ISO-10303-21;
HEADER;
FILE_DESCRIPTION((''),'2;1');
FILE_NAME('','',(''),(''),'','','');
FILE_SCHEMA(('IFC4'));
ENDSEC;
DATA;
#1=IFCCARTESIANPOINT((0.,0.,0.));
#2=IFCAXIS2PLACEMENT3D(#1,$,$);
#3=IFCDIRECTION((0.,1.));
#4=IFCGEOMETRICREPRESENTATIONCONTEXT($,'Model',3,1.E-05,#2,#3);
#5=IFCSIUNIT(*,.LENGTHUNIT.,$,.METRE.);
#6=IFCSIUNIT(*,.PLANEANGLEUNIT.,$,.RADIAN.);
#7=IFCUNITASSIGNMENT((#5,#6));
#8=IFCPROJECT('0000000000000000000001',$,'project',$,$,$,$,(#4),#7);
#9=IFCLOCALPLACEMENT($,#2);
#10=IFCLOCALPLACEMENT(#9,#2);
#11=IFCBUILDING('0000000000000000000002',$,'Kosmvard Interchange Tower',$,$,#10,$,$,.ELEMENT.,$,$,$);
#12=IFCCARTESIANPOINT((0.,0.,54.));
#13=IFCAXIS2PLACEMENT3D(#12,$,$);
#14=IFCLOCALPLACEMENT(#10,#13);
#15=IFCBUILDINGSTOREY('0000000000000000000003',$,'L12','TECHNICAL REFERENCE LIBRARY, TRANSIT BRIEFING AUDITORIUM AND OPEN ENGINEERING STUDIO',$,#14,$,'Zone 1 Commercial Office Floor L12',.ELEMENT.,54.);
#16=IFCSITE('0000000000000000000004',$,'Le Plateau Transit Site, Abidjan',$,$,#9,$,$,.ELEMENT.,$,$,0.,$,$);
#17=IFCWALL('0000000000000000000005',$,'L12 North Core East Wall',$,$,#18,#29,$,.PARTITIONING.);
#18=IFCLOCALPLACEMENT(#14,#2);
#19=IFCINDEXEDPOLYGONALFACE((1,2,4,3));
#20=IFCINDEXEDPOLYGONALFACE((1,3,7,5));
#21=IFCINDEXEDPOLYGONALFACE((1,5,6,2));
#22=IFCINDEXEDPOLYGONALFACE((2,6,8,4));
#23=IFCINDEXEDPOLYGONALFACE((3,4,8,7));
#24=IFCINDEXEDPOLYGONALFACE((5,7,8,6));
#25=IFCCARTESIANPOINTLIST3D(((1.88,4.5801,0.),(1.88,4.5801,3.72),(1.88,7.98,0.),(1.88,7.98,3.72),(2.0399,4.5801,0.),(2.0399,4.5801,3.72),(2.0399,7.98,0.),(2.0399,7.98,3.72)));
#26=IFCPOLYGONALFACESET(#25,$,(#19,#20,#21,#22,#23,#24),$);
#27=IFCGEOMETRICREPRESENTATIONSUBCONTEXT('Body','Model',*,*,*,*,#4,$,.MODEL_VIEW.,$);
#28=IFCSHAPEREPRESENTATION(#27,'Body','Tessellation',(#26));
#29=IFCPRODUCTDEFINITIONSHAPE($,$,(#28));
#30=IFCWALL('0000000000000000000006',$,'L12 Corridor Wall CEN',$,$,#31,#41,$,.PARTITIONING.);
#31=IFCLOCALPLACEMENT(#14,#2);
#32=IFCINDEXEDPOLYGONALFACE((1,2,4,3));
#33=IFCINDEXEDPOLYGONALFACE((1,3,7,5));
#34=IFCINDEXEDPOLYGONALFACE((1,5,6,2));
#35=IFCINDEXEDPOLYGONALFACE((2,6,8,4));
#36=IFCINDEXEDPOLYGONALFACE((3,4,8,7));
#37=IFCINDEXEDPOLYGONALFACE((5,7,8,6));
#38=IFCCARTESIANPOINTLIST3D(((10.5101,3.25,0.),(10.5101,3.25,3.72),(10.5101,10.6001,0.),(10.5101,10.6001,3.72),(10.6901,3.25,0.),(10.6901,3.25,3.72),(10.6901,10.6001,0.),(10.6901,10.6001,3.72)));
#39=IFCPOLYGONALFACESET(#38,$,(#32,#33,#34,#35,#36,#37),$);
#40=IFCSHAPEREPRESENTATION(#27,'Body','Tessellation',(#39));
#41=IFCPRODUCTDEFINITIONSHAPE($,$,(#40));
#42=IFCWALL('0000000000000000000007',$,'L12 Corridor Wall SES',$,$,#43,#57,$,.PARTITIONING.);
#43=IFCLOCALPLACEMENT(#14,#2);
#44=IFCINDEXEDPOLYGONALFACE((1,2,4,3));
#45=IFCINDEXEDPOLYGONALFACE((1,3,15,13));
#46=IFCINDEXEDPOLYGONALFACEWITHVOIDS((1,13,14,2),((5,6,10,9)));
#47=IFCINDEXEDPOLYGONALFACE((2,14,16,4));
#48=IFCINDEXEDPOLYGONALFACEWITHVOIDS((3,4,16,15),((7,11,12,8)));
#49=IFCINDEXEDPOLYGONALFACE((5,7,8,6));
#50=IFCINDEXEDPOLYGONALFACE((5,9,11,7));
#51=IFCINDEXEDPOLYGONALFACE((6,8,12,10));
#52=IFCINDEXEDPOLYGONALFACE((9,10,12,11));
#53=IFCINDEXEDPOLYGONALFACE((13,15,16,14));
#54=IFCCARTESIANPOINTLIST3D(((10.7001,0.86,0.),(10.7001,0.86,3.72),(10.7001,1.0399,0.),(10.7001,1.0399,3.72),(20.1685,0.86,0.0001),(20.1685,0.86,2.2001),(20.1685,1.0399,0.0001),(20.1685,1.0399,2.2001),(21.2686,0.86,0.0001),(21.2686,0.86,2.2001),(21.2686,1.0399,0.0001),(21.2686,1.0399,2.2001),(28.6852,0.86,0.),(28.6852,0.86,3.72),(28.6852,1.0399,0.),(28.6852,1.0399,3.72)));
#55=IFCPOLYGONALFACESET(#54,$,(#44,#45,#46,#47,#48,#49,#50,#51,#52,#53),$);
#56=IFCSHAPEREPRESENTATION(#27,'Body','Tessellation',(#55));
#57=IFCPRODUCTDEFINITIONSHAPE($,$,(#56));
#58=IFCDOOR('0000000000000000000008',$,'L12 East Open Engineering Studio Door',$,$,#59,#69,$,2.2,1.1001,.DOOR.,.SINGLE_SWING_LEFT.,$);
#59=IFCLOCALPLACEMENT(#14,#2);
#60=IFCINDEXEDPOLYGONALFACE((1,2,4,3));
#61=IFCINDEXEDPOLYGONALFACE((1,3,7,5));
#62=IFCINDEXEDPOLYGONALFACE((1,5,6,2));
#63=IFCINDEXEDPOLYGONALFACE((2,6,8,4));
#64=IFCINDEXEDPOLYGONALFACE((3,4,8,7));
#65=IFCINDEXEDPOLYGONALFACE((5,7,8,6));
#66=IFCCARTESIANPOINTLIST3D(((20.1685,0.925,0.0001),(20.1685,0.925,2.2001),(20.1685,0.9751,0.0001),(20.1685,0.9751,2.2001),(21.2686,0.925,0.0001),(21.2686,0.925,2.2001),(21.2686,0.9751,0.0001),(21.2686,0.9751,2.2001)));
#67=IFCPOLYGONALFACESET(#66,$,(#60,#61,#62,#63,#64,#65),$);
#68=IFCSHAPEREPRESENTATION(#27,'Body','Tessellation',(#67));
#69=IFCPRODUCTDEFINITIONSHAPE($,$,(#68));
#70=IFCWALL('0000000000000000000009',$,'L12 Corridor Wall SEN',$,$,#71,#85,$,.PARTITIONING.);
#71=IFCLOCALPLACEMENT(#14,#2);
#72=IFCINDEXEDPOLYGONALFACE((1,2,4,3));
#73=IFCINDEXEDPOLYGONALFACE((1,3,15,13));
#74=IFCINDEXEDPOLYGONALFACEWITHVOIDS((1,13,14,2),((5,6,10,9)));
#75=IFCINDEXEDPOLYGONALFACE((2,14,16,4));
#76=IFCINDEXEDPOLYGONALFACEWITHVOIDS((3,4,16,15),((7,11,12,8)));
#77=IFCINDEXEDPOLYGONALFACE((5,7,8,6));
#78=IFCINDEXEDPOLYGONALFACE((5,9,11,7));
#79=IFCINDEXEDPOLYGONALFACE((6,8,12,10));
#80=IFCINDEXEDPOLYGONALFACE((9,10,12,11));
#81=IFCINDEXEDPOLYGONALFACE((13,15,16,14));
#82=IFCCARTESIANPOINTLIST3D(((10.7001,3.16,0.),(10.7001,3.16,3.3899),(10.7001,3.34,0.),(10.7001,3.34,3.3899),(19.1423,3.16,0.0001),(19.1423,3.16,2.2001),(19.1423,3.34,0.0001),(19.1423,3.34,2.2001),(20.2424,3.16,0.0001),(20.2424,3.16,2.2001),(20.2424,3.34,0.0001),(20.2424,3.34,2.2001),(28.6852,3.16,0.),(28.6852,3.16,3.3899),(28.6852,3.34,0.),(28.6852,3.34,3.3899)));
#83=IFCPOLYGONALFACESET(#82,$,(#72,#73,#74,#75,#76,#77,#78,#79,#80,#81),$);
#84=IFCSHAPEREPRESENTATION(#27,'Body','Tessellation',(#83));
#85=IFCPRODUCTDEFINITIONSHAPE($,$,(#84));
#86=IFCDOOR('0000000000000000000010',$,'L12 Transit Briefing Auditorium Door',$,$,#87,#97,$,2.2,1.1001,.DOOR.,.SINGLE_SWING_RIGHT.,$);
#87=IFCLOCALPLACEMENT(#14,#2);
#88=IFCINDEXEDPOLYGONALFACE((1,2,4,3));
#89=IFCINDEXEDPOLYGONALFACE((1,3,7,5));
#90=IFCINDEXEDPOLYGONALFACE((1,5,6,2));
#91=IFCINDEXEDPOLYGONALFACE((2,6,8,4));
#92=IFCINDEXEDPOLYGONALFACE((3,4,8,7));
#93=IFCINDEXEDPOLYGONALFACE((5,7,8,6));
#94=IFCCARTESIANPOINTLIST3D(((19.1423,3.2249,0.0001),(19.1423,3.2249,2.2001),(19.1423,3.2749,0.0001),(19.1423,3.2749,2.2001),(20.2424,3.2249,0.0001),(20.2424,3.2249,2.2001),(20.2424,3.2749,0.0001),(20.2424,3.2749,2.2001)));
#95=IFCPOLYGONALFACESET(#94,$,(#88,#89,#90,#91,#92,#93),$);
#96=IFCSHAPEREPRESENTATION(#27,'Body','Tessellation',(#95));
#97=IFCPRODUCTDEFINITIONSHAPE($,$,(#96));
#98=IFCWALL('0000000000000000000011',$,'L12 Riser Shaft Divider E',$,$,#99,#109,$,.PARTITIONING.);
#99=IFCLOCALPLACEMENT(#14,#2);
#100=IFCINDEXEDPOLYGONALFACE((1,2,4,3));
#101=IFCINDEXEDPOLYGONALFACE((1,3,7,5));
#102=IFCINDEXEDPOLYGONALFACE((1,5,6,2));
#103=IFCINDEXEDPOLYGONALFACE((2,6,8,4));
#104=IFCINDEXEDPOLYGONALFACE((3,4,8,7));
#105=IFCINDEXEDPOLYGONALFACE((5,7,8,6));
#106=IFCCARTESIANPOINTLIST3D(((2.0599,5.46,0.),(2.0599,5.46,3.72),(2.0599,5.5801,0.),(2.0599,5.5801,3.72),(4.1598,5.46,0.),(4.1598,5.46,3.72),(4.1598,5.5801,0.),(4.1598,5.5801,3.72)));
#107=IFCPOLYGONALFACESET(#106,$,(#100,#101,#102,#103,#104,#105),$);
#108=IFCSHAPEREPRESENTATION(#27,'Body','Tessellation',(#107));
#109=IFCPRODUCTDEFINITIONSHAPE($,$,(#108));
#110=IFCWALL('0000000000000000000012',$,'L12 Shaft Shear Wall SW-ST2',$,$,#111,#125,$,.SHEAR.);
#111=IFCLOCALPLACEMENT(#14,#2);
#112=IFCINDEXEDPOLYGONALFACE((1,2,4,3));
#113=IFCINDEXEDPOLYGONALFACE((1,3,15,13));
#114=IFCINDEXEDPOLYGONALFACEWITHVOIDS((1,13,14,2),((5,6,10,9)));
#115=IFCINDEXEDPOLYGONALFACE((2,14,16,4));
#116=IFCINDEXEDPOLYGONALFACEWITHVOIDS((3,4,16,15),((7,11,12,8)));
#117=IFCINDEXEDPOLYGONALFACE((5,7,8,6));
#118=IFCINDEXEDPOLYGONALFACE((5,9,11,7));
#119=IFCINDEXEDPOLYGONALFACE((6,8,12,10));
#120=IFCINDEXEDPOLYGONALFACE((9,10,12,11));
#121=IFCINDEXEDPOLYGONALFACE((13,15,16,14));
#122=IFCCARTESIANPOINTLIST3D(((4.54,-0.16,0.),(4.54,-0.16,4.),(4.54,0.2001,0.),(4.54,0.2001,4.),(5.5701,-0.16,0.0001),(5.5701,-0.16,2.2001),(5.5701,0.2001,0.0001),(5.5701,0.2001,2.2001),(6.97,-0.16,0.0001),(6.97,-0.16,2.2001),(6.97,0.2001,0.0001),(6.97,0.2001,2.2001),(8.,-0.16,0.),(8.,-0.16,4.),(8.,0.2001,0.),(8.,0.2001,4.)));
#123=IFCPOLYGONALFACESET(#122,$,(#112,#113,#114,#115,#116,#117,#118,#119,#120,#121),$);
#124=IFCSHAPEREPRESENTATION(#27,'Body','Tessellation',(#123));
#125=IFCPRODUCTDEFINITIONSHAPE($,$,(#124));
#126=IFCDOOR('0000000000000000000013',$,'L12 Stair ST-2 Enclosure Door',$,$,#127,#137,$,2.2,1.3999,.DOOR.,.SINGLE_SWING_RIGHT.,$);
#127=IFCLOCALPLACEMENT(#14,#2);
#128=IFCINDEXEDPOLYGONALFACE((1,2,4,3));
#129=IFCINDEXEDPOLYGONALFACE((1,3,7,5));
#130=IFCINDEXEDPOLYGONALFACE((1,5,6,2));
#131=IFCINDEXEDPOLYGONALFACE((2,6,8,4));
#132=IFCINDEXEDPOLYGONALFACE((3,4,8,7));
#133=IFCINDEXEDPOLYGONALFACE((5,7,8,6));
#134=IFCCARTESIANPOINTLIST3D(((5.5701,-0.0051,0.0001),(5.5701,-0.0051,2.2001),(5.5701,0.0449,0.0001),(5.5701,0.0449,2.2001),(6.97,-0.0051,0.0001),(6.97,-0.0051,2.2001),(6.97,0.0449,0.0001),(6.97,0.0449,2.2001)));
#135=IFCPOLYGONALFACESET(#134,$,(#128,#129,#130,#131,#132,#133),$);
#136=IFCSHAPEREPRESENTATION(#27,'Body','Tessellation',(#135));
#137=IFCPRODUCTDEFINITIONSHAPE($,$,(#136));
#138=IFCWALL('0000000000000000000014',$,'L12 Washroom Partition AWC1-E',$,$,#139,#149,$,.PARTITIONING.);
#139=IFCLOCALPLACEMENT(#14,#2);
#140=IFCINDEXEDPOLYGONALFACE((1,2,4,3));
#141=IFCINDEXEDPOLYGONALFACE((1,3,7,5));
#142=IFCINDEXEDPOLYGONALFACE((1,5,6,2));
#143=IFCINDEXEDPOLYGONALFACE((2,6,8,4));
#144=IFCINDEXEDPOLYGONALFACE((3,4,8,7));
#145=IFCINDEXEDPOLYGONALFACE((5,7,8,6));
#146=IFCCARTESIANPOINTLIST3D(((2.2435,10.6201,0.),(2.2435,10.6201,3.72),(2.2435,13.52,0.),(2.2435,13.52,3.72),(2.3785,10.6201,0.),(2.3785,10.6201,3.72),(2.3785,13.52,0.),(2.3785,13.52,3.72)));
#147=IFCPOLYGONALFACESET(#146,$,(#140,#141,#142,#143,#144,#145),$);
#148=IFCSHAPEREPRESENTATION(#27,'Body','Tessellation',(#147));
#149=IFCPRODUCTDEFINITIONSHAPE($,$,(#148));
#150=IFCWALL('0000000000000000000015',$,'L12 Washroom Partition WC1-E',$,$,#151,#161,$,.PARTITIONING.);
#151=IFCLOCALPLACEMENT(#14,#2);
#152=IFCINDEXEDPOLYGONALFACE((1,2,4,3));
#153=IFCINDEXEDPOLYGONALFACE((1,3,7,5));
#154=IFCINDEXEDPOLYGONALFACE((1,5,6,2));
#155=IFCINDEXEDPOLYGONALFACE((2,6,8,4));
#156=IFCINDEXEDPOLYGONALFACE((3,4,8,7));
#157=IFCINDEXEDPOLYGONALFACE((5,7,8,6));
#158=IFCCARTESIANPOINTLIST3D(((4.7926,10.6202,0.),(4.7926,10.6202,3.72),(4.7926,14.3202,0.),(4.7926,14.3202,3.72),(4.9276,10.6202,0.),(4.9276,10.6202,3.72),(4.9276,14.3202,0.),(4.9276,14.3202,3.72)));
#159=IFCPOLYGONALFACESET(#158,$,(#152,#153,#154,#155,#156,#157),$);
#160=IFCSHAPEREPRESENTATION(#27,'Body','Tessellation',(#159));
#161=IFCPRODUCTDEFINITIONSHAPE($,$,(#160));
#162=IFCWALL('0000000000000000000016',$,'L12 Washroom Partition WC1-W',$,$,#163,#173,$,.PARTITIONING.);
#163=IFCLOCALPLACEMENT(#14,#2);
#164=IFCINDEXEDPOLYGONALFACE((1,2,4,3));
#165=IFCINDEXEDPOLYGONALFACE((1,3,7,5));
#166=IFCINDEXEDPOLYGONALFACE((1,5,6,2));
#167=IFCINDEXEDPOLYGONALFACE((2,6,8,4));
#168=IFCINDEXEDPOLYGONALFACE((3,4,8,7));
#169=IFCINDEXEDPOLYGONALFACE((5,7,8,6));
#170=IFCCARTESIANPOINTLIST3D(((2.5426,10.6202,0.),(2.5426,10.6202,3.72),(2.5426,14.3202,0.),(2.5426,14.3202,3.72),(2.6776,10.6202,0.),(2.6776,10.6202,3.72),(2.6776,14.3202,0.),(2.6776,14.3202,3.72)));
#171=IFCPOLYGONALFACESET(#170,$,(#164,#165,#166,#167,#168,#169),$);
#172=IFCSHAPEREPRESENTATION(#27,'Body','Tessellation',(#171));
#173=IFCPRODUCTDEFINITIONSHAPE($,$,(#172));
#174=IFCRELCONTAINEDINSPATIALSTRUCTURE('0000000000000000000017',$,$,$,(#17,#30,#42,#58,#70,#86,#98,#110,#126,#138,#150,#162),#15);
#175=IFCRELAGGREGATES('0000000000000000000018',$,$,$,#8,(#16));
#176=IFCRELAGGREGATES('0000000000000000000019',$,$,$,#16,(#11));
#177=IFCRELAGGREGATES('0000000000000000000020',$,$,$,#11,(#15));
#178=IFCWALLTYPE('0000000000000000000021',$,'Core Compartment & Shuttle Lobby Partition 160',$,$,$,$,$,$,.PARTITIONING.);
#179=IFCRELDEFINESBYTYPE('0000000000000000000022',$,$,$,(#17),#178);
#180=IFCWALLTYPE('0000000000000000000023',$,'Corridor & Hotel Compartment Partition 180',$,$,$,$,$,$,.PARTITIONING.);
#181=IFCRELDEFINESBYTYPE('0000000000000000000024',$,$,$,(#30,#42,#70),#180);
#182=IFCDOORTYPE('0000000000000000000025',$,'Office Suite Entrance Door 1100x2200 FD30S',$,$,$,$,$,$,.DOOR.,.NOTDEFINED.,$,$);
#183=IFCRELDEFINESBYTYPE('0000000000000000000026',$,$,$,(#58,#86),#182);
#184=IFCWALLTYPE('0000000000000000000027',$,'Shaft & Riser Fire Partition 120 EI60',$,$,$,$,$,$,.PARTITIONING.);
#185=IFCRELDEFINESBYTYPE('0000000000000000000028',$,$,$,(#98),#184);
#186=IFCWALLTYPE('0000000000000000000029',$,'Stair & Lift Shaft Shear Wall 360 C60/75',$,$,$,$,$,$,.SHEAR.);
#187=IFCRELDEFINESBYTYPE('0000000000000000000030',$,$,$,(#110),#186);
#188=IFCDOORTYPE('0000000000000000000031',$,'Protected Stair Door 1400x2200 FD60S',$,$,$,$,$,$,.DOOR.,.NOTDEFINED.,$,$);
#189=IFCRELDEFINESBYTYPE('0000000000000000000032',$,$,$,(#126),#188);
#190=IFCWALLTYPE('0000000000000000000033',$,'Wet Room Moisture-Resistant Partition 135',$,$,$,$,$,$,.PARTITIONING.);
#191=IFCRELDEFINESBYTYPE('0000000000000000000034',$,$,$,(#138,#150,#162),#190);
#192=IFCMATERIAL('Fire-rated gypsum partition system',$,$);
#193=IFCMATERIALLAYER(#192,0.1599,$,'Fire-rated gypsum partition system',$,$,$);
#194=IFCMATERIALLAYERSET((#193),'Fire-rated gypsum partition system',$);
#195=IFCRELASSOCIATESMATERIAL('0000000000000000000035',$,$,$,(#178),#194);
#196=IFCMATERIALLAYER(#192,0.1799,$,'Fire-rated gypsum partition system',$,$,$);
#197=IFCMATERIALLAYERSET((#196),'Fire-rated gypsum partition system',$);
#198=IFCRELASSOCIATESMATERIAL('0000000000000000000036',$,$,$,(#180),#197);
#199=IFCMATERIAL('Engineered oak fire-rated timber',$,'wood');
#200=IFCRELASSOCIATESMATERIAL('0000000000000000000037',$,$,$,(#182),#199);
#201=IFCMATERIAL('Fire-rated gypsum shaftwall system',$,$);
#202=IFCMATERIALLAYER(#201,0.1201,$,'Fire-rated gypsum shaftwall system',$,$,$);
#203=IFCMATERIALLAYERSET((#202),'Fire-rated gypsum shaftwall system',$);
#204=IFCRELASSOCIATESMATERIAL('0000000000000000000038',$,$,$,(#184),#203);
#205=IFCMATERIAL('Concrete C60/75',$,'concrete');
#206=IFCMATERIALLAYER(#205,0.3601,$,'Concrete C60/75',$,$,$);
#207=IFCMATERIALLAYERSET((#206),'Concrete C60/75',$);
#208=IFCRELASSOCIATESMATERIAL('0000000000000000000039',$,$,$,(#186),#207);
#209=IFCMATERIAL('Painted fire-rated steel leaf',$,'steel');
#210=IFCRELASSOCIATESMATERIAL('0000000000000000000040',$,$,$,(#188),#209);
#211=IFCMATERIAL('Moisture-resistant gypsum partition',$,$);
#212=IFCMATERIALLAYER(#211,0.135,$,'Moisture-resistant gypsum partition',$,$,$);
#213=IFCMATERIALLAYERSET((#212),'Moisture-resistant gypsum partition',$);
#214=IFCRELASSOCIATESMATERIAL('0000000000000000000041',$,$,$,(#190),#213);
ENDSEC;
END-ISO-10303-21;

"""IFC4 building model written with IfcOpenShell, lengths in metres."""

from ifc_helpers import new_model, si_unit, direction, frame, frame_2d, origin, place, context, subcontext, project, spatial, rectangle, extrude, source, transform, mapped, material, layer, layer_set, type_object, element, fill, save


model = new_model("IFC4")

# Units and contexts
model_context = context("Model", 3, precision=1e-05, world=origin(), true_north=direction((0.0, 1.0)))
body_context = subcontext(model_context, "Body", "Model", "MODEL_VIEW")
ifc_project = project(units=[si_unit("LENGTHUNIT", "METRE"), si_unit("PLANEANGLEUNIT", "RADIAN")], contexts=[model_context])

# Site, building, storey
site_placement = place(None, origin())
site = spatial("IfcSite", under=ifc_project, at=site_placement, Name="Le Plateau Transit Site, Abidjan", CompositionType="ELEMENT", RefElevation=0.0)
building_placement = place(site_placement, origin())
building = spatial("IfcBuilding", under=site, at=building_placement, Name="Kosmvard Interchange Tower", CompositionType="ELEMENT")
storey_placement = place(building_placement, frame((0.0, 0.0, 54.0)))
storey = spatial("IfcBuildingStorey", under=building, at=storey_placement, Name="L12", Description="TECHNICAL REFERENCE LIBRARY, TRANSIT BRIEFING AUDITORIUM AND OPEN ENGINEERING STUDIO", LongName="Zone 1 Commercial Office Floor L12", CompositionType="ELEMENT", Elevation=54.0)

# Walls
ifc_material_1 = material(Name="Fire-rated gypsum partition system")
ifc_layer_1 = layer(ifc_material_1, 0.1599, Name="Fire-rated gypsum partition system")
ifc_layer_set_1 = layer_set([ifc_layer_1], Name="Fire-rated gypsum partition system")
wall_type_1 = type_object("IfcWallType", Name="Core Compartment & Shuttle Lobby Partition 160", PredefinedType="PARTITIONING", material=ifc_layer_set_1)
wall_1_placement = place(storey_placement, frame((1.96, 4.5801, 0.0), z_axis=(0.0, 0.0, 1.0), x_axis=(0.0, 1.0, 0.0)))
element("IfcWall", 1, at=wall_1_placement, inside=storey, type_object=wall_type_1, Name="L12 North Core East Wall", PredefinedType="PARTITIONING", context=body_context, shape_type="SweptSolid", body=[
    extrude(rectangle(XDim=3.3999, YDim=0.1599, at=frame_2d((1.7, 0.0))), origin(), (0.0, 0.0, 1.0), 3.72),
])
ifc_layer_2 = layer(ifc_material_1, 0.1799, Name="Fire-rated gypsum partition system")
ifc_layer_set_2 = layer_set([ifc_layer_2], Name="Fire-rated gypsum partition system")
wall_type_2 = type_object("IfcWallType", Name="Corridor & Hotel Compartment Partition 180", PredefinedType="PARTITIONING", material=ifc_layer_set_2)
wall_2_placement = place(storey_placement, frame((10.6001, 3.25, 0.0), z_axis=(0.0, 0.0, 1.0), x_axis=(0.0, 1.0, 0.0)))
element("IfcWall", 2, at=wall_2_placement, inside=storey, type_object=wall_type_2, Name="L12 Corridor Wall CEN", PredefinedType="PARTITIONING", context=body_context, shape_type="SweptSolid", body=[
    extrude(rectangle(XDim=7.3501, YDim=0.1799, at=frame_2d((3.675, 0.0))), origin(), (0.0, 0.0, 1.0), 3.72),
])

# Walls, openings, doors
wall_3_placement = place(storey_placement, frame((10.7, 0.95, 0.0), z_axis=(0.0, 0.0, 1.0), x_axis=(1.0, 0.0, 0.0)))
wall_3 = element("IfcWall", 3, at=wall_3_placement, inside=storey, type_object=wall_type_2, Name="L12 Corridor Wall SES", PredefinedType="PARTITIONING", context=body_context, shape_type="SweptSolid", body=[
    extrude(rectangle(XDim=17.9851, YDim=0.1799, at=frame_2d((8.9927, 0.0))), origin(), (0.0, 0.0, 1.0), 3.72),
])
opening_1_placement = place(wall_3_placement, frame((9.4685, 0.0, 0.0)))
opening_1 = element("IfcOpeningElement", 4, at=opening_1_placement, cuts=wall_3, PredefinedType="OPENING", context=body_context, shape_type="SweptSolid", body=[
    extrude(rectangle(XDim=1.1001, YDim=2.2, at=frame_2d((0.55, 1.1001))), frame((0.0, 0.1001, 0.0), z_axis=(0.0, -1.0, 0.0), x_axis=(1.0, 0.0, 0.0)), (0.0, 0.0, 1.0), 0.2),
])
ifc_material_2 = material(Name="Engineered oak fire-rated timber", Category="wood")
door_type_1 = type_object("IfcDoorType", Name="Office Suite Entrance Door 1100x2200 FD30S", OperationType="NOTDEFINED", PredefinedType="DOOR", material=ifc_material_2)
shared_shape_1 = source(origin(), body_context, "Body", "SweptSolid", [
    extrude(rectangle(XDim=1.1001, YDim=2.2, at=frame_2d((0.55, 1.1001))), frame((0.0, 0.0249, 0.0), z_axis=(0.0, -1.0, 0.0), x_axis=(1.0, 0.0, 0.0)), (0.0, 0.0, 1.0), 0.05),
])
door_1_placement = place(opening_1_placement, frame((1.1001, 0.0, 0.0), z_axis=(0.0, 0.0, 1.0), x_axis=(-1.0, 0.0, 0.0)))
door_1 = element("IfcDoor", 5, at=door_1_placement, inside=storey, type_object=door_type_1, Name="L12 East Open Engineering Studio Door", OperationType="SINGLE_SWING_LEFT", OverallHeight=2.2, OverallWidth=1.1001, PredefinedType="DOOR", context=body_context, shape_type="MappedRepresentation", body=[
    mapped(shared_shape_1, transform((0.0, 0.0, 0.0), scale=1.0)),
])
fill(opening_1, door_1)
wall_4_placement = place(storey_placement, frame((10.7, 3.25, 0.0), z_axis=(0.0, 0.0, 1.0), x_axis=(1.0, 0.0, 0.0)))
wall_4 = element("IfcWall", 6, at=wall_4_placement, inside=storey, type_object=wall_type_2, Name="L12 Corridor Wall SEN", PredefinedType="PARTITIONING", context=body_context, shape_type="SweptSolid", body=[
    extrude(rectangle(XDim=17.9851, YDim=0.1799, at=frame_2d((8.9927, 0.0))), origin(), (0.0, 0.0, 1.0), 3.3899),
])
opening_2_placement = place(wall_4_placement, frame((8.4424, 0.0, 0.0)))
opening_2 = element("IfcOpeningElement", 7, at=opening_2_placement, cuts=wall_4, PredefinedType="OPENING", context=body_context, shape_type="SweptSolid", body=[
    extrude(rectangle(XDim=1.1001, YDim=2.2, at=frame_2d((0.55, 1.1001))), frame((0.0, 0.1001, 0.0), z_axis=(0.0, -1.0, 0.0), x_axis=(1.0, 0.0, 0.0)), (0.0, 0.0, 1.0), 0.2),
])
door_2_placement = place(opening_2_placement, origin())
door_2 = element("IfcDoor", 8, at=door_2_placement, inside=storey, type_object=door_type_1, Name="L12 Transit Briefing Auditorium Door", OperationType="SINGLE_SWING_RIGHT", OverallHeight=2.2, OverallWidth=1.1001, PredefinedType="DOOR", context=body_context, shape_type="MappedRepresentation", body=[
    mapped(shared_shape_1, transform((0.0, 0.0, 0.0), scale=1.0)),
])
fill(opening_2, door_2)

# Wall
ifc_material_3 = material(Name="Fire-rated gypsum shaftwall system")
ifc_layer_3 = layer(ifc_material_3, 0.1201, Name="Fire-rated gypsum shaftwall system")
ifc_layer_set_3 = layer_set([ifc_layer_3], Name="Fire-rated gypsum shaftwall system")
wall_type_3 = type_object("IfcWallType", Name="Shaft & Riser Fire Partition 120 EI60", PredefinedType="PARTITIONING", material=ifc_layer_set_3)
wall_5_placement = place(storey_placement, frame((2.0601, 5.52, 0.0), z_axis=(0.0, 0.0, 1.0), x_axis=(1.0, 0.0, 0.0)))
element("IfcWall", 9, at=wall_5_placement, inside=storey, type_object=wall_type_3, Name="L12 Riser Shaft Divider E", PredefinedType="PARTITIONING", context=body_context, shape_type="SweptSolid", body=[
    extrude(rectangle(XDim=2.0999, YDim=0.1201, at=frame_2d((1.0498, 0.0))), origin(), (0.0, 0.0, 1.0), 3.72),
])

# Wall, opening, door
ifc_material_4 = material(Name="Concrete C60/75", Category="concrete")
ifc_layer_4 = layer(ifc_material_4, 0.3601, Name="Concrete C60/75")
ifc_layer_set_4 = layer_set([ifc_layer_4], Name="Concrete C60/75")
wall_type_4 = type_object("IfcWallType", Name="Stair & Lift Shaft Shear Wall 360 C60/75", PredefinedType="SHEAR", material=ifc_layer_set_4)
wall_6_placement = place(storey_placement, frame((4.54, 0.02, 0.0), z_axis=(0.0, 0.0, 1.0), x_axis=(1.0, 0.0, 0.0)))
wall_6 = element("IfcWall", 10, at=wall_6_placement, inside=storey, type_object=wall_type_4, Name="L12 Shaft Shear Wall SW-ST2", PredefinedType="SHEAR", context=body_context, shape_type="SweptSolid", body=[
    extrude(rectangle(XDim=3.46, YDim=0.3601, at=frame_2d((1.73, 0.0))), origin(), (0.0, 0.0, 1.0), 4.0),
])
opening_3_placement = place(wall_6_placement, frame((1.03, 0.0, 0.0)))
opening_3 = element("IfcOpeningElement", 11, at=opening_3_placement, cuts=wall_6, PredefinedType="OPENING", context=body_context, shape_type="SweptSolid", body=[
    extrude(rectangle(XDim=1.3999, YDim=2.2, at=frame_2d((0.7, 1.1001))), frame((0.0, 0.1899, 0.0), z_axis=(0.0, -1.0, 0.0), x_axis=(1.0, 0.0, 0.0)), (0.0, 0.0, 1.0), 0.3801),
])
ifc_material_5 = material(Name="Painted fire-rated steel leaf", Category="steel")
door_type_2 = type_object("IfcDoorType", Name="Protected Stair Door 1400x2200 FD60S", OperationType="NOTDEFINED", PredefinedType="DOOR", material=ifc_material_5)
shared_shape_2 = source(origin(), body_context, "Body", "SweptSolid", [
    extrude(rectangle(XDim=1.3999, YDim=2.2, at=frame_2d((0.7, 1.1001))), frame((0.0, 0.0249, 0.0), z_axis=(0.0, -1.0, 0.0), x_axis=(1.0, 0.0, 0.0)), (0.0, 0.0, 1.0), 0.05),
])
door_3_placement = place(opening_3_placement, origin())
door_3 = element("IfcDoor", 12, at=door_3_placement, inside=storey, type_object=door_type_2, Name="L12 Stair ST-2 Enclosure Door", OperationType="SINGLE_SWING_RIGHT", OverallHeight=2.2, OverallWidth=1.3999, PredefinedType="DOOR", context=body_context, shape_type="MappedRepresentation", body=[
    mapped(shared_shape_2, transform((0.0, 0.0, 0.0), scale=1.0)),
])
fill(opening_3, door_3)

# Walls
ifc_material_6 = material(Name="Moisture-resistant gypsum partition")
ifc_layer_5 = layer(ifc_material_6, 0.135, Name="Moisture-resistant gypsum partition")
ifc_layer_set_5 = layer_set([ifc_layer_5], Name="Moisture-resistant gypsum partition")
wall_type_5 = type_object("IfcWallType", Name="Wet Room Moisture-Resistant Partition 135", PredefinedType="PARTITIONING", material=ifc_layer_set_5)
wall_7_placement = place(storey_placement, frame((2.311, 10.6201, 0.0), z_axis=(0.0, 0.0, 1.0), x_axis=(0.0, 1.0, 0.0)))
element("IfcWall", 13, at=wall_7_placement, inside=storey, type_object=wall_type_5, Name="L12 Washroom Partition AWC1-E", PredefinedType="PARTITIONING", context=body_context, shape_type="SweptSolid", body=[
    extrude(rectangle(XDim=2.8999, YDim=0.135, at=frame_2d((1.45, 0.0))), origin(), (0.0, 0.0, 1.0), 3.72),
])
for number, where, z_axis, x_axis, name in (
    (14, (4.8601, 10.6201, 0.0), (0.0, 0.0, 1.0), (0.0, 1.0, 0.0), "L12 Washroom Partition WC1-E"),
    (15, (2.6101, 10.6201, 0.0), (0.0, 0.0, 1.0), (0.0, 1.0, 0.0), "L12 Washroom Partition WC1-W"),
):
    element("IfcWall", number, at=place(storey_placement, frame(where, z_axis=z_axis, x_axis=x_axis)), inside=storey, type_object=wall_type_5, Name=name, PredefinedType="PARTITIONING", context=body_context, shape_type="SweptSolid", body=[
        extrude(rectangle(XDim=3.7, YDim=0.135, at=frame_2d((1.8501, 0.0))), origin(), (0.0, 0.0, 1.0), 3.72),
    ])

save(model, "model.ifc")
